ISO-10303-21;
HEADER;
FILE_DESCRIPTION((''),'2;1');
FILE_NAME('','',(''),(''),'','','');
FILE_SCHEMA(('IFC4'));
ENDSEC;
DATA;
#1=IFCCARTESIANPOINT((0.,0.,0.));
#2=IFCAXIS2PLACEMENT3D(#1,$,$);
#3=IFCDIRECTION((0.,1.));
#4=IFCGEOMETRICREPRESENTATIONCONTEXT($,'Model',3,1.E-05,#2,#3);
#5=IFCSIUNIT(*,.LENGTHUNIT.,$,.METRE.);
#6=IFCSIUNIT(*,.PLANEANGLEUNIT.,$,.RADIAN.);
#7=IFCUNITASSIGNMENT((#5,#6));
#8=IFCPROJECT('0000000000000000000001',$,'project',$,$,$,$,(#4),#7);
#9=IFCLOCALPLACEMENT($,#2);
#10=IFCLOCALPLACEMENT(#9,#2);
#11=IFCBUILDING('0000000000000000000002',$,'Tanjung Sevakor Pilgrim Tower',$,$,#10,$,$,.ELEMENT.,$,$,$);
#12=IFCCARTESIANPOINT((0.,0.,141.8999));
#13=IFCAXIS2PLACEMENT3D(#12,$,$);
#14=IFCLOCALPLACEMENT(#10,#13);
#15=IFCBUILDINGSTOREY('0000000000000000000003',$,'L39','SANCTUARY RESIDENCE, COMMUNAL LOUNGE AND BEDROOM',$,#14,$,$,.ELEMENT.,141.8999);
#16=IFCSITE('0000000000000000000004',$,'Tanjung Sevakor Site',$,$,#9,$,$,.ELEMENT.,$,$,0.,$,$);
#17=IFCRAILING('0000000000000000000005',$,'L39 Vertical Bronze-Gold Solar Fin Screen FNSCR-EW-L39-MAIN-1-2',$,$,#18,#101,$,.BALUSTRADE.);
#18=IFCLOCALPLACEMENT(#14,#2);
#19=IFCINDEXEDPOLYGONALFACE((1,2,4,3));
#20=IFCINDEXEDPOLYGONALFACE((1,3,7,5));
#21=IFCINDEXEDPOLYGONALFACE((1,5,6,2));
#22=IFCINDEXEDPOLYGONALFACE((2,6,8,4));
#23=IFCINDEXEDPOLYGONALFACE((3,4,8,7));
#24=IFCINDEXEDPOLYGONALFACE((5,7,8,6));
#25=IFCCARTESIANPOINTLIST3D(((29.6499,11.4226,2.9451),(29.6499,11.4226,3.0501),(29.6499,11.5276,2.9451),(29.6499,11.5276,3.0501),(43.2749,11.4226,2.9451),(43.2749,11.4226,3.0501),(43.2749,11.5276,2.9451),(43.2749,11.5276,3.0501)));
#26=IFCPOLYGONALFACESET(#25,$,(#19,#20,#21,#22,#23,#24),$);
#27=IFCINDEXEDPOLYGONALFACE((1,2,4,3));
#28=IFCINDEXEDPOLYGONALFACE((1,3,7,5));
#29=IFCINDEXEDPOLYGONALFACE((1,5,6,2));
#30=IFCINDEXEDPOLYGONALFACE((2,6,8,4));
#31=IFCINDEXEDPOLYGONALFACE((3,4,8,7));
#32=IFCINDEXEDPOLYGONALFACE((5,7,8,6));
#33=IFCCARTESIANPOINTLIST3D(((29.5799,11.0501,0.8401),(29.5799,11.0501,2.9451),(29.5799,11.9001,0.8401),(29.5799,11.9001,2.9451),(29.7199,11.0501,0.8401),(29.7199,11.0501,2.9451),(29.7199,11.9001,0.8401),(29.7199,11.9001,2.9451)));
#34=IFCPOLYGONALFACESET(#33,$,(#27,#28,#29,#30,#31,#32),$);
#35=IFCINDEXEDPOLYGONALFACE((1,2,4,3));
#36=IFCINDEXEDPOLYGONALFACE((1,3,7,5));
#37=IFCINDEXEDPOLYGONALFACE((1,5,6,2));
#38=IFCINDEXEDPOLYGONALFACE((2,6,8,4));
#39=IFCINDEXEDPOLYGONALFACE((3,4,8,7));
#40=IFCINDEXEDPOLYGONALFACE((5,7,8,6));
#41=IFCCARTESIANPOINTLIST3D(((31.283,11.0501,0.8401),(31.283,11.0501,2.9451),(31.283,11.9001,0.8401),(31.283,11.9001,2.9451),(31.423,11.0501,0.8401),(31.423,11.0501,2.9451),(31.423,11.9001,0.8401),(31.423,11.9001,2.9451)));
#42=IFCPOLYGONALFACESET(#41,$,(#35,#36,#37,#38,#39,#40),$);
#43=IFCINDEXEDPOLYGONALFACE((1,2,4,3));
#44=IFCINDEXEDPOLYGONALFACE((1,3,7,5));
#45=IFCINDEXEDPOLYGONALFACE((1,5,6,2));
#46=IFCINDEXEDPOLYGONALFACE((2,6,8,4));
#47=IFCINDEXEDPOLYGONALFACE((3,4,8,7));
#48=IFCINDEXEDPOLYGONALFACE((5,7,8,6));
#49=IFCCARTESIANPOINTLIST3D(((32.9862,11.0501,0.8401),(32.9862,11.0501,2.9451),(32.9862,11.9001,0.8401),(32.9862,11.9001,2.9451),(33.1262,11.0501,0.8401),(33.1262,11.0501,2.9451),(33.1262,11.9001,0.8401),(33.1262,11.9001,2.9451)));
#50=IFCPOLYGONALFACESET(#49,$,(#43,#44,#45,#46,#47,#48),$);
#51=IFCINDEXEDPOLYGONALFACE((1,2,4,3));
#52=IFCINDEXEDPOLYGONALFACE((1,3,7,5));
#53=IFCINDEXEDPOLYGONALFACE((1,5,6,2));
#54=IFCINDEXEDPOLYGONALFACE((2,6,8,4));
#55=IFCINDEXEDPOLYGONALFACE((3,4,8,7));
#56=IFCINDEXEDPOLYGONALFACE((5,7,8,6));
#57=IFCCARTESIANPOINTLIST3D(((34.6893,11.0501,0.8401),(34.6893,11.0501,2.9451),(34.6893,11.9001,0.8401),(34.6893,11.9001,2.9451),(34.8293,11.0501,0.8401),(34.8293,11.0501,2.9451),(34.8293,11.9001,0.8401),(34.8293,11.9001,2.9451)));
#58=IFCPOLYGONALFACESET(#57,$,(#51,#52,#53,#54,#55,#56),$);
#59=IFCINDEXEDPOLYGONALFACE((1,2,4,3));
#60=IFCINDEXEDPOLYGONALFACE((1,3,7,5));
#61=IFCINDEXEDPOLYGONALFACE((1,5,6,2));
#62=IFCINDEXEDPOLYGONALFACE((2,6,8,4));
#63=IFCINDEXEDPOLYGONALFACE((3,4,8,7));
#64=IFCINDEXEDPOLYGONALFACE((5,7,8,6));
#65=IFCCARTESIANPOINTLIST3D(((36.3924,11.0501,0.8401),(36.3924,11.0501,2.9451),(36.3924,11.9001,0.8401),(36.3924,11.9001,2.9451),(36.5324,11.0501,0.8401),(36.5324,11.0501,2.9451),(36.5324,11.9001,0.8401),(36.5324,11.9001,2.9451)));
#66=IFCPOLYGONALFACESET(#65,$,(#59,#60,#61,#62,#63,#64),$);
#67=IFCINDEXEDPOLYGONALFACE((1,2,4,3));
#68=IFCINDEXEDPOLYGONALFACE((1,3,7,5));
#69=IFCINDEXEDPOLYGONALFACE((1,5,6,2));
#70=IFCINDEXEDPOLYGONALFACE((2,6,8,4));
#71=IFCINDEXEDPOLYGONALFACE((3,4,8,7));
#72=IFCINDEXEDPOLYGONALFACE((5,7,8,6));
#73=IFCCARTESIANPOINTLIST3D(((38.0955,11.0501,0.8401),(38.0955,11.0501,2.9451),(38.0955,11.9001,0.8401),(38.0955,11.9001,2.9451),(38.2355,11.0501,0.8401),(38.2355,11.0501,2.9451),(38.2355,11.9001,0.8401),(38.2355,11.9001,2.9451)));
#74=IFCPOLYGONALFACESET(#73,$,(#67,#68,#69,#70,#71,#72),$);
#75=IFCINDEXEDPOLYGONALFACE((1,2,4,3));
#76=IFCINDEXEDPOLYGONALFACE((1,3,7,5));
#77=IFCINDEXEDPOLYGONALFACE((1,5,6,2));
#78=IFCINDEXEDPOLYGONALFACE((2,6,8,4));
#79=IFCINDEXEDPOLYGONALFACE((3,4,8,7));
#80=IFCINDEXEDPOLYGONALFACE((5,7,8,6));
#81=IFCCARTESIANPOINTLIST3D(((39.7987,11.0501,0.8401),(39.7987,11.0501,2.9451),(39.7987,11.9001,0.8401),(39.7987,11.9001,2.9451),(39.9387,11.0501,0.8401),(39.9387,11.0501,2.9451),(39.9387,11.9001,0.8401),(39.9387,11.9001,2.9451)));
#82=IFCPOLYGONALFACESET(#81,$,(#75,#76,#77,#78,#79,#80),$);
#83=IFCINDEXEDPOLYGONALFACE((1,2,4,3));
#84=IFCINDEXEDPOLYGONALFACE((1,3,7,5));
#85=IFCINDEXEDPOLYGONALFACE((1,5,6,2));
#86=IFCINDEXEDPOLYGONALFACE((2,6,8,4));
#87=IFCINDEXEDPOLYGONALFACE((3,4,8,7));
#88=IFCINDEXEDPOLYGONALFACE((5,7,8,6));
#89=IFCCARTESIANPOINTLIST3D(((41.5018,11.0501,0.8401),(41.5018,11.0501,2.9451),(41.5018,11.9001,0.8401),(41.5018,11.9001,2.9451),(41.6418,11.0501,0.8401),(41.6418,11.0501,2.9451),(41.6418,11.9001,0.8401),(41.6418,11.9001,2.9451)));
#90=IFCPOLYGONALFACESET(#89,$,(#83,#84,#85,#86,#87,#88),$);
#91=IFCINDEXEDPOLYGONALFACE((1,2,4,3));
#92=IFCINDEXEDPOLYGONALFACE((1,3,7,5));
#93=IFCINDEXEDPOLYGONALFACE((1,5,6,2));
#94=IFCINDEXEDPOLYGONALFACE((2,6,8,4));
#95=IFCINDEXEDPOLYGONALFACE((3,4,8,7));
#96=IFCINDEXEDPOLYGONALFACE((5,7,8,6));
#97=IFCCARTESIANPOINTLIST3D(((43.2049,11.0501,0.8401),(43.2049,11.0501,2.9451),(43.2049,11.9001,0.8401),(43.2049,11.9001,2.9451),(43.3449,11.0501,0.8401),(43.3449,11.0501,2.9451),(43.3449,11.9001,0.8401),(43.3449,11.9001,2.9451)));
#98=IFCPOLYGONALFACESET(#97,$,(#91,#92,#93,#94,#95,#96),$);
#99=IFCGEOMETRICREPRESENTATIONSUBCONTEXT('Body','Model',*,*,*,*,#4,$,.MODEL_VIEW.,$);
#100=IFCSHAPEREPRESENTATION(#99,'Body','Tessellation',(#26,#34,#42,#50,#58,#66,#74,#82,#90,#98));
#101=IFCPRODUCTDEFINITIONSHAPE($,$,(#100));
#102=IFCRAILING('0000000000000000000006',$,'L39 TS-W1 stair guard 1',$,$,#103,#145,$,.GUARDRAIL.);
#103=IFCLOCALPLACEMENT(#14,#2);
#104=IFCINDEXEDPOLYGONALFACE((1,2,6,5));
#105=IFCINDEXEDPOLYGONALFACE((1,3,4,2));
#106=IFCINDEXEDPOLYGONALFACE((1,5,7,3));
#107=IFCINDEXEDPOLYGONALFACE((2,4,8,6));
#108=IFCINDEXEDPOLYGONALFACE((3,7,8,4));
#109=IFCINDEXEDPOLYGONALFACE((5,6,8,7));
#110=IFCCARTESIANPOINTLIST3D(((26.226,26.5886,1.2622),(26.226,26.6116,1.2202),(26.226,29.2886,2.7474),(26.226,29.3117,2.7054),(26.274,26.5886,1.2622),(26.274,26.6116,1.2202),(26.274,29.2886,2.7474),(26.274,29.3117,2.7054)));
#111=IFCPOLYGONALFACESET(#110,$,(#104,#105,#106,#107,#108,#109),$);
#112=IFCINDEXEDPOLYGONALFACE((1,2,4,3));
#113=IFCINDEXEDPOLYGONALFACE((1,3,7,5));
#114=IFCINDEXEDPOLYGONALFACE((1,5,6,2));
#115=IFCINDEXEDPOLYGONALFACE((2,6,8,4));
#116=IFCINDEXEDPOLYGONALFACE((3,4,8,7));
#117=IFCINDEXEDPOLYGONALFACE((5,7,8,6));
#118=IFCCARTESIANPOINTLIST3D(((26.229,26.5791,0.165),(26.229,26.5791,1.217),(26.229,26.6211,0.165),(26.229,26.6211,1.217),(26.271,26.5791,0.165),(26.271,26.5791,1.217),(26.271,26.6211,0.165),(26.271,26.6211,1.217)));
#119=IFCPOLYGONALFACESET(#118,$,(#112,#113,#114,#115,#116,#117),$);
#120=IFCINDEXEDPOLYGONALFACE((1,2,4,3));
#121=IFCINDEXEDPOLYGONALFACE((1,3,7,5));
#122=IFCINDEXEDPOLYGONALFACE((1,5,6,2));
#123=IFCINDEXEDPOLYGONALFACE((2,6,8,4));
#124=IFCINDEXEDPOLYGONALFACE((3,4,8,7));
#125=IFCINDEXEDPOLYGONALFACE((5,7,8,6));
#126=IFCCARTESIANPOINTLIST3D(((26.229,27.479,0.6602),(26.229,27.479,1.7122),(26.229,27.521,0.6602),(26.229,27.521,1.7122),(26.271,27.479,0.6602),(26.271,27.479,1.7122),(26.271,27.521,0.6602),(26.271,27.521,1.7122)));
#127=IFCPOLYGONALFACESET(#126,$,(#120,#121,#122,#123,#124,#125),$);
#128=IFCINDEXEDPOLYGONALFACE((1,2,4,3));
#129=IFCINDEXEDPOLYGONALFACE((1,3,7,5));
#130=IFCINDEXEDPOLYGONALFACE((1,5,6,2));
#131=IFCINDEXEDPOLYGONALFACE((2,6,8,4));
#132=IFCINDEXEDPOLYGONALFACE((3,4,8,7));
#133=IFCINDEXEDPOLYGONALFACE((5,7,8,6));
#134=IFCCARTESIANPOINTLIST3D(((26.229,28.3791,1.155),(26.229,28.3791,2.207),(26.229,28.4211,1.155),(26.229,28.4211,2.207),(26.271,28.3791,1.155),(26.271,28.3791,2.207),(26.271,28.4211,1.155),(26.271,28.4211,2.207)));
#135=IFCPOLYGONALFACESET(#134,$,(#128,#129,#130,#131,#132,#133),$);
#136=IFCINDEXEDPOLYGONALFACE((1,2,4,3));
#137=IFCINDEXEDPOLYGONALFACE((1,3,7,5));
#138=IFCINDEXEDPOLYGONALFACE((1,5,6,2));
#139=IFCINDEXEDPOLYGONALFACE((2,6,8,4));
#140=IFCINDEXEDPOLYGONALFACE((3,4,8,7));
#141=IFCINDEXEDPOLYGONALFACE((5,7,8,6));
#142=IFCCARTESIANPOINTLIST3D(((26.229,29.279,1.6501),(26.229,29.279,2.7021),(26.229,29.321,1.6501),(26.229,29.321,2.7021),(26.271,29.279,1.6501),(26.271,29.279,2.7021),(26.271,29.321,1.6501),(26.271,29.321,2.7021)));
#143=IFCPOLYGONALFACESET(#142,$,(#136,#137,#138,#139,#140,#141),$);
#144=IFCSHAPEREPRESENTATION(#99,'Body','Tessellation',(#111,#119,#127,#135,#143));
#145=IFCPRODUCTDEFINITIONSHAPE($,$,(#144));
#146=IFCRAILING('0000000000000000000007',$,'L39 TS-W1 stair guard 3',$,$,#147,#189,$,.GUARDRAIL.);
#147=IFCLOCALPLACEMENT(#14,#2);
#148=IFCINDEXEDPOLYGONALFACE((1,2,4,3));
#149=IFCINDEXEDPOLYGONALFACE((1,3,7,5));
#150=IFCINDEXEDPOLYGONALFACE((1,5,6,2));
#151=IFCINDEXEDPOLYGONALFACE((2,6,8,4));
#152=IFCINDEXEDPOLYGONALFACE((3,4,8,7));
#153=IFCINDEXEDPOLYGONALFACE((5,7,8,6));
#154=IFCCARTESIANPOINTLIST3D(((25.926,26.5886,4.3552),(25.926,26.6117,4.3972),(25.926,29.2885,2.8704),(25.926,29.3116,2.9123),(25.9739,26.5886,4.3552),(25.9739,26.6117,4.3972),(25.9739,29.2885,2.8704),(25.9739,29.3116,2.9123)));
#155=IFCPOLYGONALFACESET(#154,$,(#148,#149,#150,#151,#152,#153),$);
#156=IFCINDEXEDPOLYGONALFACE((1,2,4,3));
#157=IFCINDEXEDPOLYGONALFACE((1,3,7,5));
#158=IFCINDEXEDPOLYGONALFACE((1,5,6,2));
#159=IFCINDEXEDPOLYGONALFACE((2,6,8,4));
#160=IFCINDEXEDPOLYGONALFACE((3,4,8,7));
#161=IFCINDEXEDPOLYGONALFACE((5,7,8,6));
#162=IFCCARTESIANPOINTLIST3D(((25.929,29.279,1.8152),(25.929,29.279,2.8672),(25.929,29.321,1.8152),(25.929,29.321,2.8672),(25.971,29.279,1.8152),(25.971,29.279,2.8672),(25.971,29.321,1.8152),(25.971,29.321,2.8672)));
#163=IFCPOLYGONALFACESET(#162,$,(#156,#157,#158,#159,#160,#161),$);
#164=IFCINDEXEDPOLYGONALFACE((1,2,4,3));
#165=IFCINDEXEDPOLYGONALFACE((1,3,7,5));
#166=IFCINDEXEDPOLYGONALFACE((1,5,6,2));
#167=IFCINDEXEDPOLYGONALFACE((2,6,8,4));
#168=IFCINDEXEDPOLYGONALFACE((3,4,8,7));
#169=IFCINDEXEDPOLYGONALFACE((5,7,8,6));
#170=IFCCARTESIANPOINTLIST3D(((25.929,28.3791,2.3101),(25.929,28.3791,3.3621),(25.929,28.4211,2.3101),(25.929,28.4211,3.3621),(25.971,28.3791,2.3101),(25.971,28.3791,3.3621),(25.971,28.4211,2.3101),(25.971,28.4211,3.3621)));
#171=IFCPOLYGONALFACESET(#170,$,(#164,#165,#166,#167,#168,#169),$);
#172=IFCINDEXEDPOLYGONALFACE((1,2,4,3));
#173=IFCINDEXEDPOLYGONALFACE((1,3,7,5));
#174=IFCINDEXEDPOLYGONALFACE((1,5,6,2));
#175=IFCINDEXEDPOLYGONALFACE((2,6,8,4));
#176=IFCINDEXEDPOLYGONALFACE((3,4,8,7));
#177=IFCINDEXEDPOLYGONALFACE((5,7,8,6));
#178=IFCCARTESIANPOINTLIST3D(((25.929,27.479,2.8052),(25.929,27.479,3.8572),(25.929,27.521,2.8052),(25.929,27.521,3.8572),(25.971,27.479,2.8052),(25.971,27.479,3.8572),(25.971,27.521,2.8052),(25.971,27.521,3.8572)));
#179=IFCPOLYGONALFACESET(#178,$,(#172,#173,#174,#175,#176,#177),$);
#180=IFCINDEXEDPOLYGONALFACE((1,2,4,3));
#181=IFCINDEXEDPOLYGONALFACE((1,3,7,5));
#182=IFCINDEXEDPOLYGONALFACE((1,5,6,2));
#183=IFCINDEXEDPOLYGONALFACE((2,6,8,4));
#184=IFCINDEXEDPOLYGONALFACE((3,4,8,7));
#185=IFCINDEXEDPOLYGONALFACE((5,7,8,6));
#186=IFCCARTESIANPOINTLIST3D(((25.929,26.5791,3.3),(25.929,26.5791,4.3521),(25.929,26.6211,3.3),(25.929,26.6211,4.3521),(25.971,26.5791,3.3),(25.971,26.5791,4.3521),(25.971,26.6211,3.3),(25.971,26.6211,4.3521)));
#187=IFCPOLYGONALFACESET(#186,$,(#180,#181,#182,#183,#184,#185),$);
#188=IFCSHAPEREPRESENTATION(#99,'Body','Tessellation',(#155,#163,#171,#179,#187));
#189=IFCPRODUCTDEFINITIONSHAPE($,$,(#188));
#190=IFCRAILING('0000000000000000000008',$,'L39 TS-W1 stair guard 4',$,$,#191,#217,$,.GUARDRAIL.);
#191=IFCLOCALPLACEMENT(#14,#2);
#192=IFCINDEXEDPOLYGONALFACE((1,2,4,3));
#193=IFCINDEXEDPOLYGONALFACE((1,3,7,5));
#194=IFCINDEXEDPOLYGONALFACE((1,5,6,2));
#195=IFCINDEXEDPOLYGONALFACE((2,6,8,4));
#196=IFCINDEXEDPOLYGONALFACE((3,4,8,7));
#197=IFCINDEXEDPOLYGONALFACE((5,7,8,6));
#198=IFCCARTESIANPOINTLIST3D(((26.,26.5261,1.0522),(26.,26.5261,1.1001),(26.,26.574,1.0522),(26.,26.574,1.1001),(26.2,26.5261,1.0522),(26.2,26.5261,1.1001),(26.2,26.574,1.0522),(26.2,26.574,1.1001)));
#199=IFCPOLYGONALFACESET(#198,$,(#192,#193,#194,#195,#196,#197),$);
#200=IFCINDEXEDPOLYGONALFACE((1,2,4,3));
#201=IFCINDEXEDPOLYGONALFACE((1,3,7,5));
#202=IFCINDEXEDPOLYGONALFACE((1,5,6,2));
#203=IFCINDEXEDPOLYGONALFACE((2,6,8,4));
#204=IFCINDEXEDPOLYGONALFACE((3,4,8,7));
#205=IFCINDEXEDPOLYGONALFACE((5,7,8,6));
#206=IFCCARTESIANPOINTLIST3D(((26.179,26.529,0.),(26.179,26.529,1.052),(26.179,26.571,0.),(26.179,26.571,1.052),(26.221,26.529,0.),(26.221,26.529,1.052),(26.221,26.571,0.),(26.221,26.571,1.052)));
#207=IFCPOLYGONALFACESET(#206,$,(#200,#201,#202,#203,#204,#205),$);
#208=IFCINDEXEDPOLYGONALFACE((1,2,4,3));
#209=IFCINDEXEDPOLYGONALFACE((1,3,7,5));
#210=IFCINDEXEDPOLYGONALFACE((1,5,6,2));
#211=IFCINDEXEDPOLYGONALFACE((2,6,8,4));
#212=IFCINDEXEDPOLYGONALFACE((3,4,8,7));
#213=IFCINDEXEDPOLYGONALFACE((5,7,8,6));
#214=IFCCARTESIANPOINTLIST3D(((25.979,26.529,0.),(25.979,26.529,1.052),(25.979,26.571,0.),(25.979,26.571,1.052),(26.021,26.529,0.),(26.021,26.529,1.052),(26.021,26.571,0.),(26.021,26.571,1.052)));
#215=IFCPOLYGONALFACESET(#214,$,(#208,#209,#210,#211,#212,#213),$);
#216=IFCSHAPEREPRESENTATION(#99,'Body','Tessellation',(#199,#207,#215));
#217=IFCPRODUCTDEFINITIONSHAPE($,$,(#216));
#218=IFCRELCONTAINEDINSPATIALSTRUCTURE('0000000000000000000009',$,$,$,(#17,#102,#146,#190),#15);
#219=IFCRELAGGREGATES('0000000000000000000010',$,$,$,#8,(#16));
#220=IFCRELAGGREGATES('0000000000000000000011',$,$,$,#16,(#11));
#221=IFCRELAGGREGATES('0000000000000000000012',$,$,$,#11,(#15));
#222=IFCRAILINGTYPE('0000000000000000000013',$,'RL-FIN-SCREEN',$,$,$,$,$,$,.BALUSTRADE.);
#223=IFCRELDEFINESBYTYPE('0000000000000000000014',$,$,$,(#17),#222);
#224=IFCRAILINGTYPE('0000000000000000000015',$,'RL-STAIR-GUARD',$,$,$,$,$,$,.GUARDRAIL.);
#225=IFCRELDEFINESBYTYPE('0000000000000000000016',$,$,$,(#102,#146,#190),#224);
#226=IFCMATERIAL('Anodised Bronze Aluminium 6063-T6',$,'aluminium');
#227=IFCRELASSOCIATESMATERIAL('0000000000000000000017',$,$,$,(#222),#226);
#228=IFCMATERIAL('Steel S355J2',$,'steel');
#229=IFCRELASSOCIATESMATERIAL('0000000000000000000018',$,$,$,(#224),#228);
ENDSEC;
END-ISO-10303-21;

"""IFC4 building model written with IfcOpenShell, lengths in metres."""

from ifc_helpers import new_model, si_unit, direction, frame, origin, place, context, subcontext, project, spatial, rectangle, extrude, material, type_object, element, save


model = new_model("IFC4")

# Units and contexts
model_context = context("Model", 3, precision=1e-05, world=origin(), true_north=direction((0.0, 1.0)))
body_context = subcontext(model_context, "Body", "Model", "MODEL_VIEW")
ifc_project = project(units=[si_unit("LENGTHUNIT", "METRE"), si_unit("PLANEANGLEUNIT", "RADIAN")], contexts=[model_context])

# Site, building, storey
site_placement = place(None, origin())
site = spatial("IfcSite", under=ifc_project, at=site_placement, Name="Tanjung Sevakor Site", CompositionType="ELEMENT", RefElevation=0.0)
building_placement = place(site_placement, origin())
building = spatial("IfcBuilding", under=site, at=building_placement, Name="Tanjung Sevakor Pilgrim Tower", CompositionType="ELEMENT")
storey_placement = place(building_placement, frame((0.0, 0.0, 141.8999)))
storey = spatial("IfcBuildingStorey", under=building, at=storey_placement, Name="L39", Description="SANCTUARY RESIDENCE, COMMUNAL LOUNGE AND BEDROOM", CompositionType="ELEMENT", Elevation=141.8999)

# Railings
ifc_material_1 = material(Name="Anodised Bronze Aluminium 6063-T6", Category="aluminium")
railing_type_1 = type_object("IfcRailingType", Name="RL-FIN-SCREEN", PredefinedType="BALUSTRADE", material=ifc_material_1)
railing_1_placement = place(storey_placement, frame((29.6499, 11.4751, 0.8401)))
element("IfcRailing", 1, at=railing_1_placement, inside=storey, type_object=railing_type_1, Name="L39 Vertical Bronze-Gold Solar Fin Screen FNSCR-EW-L39-MAIN-1-2", PredefinedType="BALUSTRADE", context=body_context, shape_type="SweptSolid", body=[
    extrude(rectangle(XDim=0.105, YDim=0.105), frame((0.0, 0.0, 2.1575), z_axis=(1.0, 0.0, 0.0), x_axis=(0.0, 1.0, 0.0)), (0.0, 0.0, 1.0), 13.625),
    extrude(rectangle(XDim=0.14, YDim=0.85), origin(), (0.0, 0.0, 1.0), 2.105),
    extrude(rectangle(XDim=0.14, YDim=0.85), frame((1.7031, 0.0, 0.0)), (0.0, 0.0, 1.0), 2.105),
    extrude(rectangle(XDim=0.14, YDim=0.85), frame((3.4062, 0.0, 0.0)), (0.0, 0.0, 1.0), 2.105),
    extrude(rectangle(XDim=0.14, YDim=0.85), frame((5.1094, 0.0, 0.0)), (0.0, 0.0, 1.0), 2.105),
    extrude(rectangle(XDim=0.14, YDim=0.85), frame((6.8125, 0.0, 0.0)), (0.0, 0.0, 1.0), 2.105),
    extrude(rectangle(XDim=0.14, YDim=0.85), frame((8.5156, 0.0, 0.0)), (0.0, 0.0, 1.0), 2.105),
    extrude(rectangle(XDim=0.14, YDim=0.85), frame((10.2188, 0.0, 0.0)), (0.0, 0.0, 1.0), 2.105),
    extrude(rectangle(XDim=0.14, YDim=0.85), frame((11.9219, 0.0, 0.0)), (0.0, 0.0, 1.0), 2.105),
    extrude(rectangle(XDim=0.14, YDim=0.85), frame((13.625, 0.0, 0.0)), (0.0, 0.0, 1.0), 2.105),
])
ifc_material_2 = material(Name="Steel S355J2", Category="steel")
railing_type_2 = type_object("IfcRailingType", Name="RL-STAIR-GUARD", PredefinedType="GUARDRAIL", material=ifc_material_2)
railing_2_placement = place(storey_placement, frame((26.25, 26.6001, 0.165)))
element("IfcRailing", 2, at=railing_2_placement, inside=storey, type_object=railing_type_2, Name="L39 TS-W1 stair guard 1", PredefinedType="GUARDRAIL", context=body_context, shape_type="SweptSolid", body=[
    extrude(rectangle(XDim=0.0479, YDim=0.0479), frame((0.0, 0.0, 1.0762), z_axis=(0.0, 0.876198, 0.481952), x_axis=(-1.0, 0.0, 0.0)), (0.0, 0.0, 1.0), 3.0815),
    extrude(rectangle(XDim=0.042, YDim=0.042), origin(), (0.0, 0.0, 1.0), 1.052),
    extrude(rectangle(XDim=0.042, YDim=0.042), frame((0.0, 0.8999, 0.4951)), (0.0, 0.0, 1.0), 1.052),
    extrude(rectangle(XDim=0.042, YDim=0.042), frame((0.0, 1.8, 0.99)), (0.0, 0.0, 1.0), 1.052),
    extrude(rectangle(XDim=0.042, YDim=0.042), frame((0.0, 2.7, 1.4851)), (0.0, 0.0, 1.0), 1.052),
])
railing_3_placement = place(storey_placement, frame((25.95, 29.3, 1.8152)))
element("IfcRailing", 3, at=railing_3_placement, inside=storey, type_object=railing_type_2, Name="L39 TS-W1 stair guard 3", PredefinedType="GUARDRAIL", context=body_context, shape_type="SweptSolid", body=[
    extrude(rectangle(XDim=0.0479, YDim=0.0479), frame((0.0, 0.0, 1.0762), z_axis=(0.0, -0.876231, 0.481891), x_axis=(1.0, 0.0, 0.0)), (0.0, 0.0, 1.0), 3.0813),
    extrude(rectangle(XDim=0.042, YDim=0.042), origin(), (0.0, 0.0, 1.0), 1.052),
    extrude(rectangle(XDim=0.042, YDim=0.042), frame((0.0, -0.8999, 0.4949)), (0.0, 0.0, 1.0), 1.052),
    extrude(rectangle(XDim=0.042, YDim=0.042), frame((0.0, -1.8, 0.99)), (0.0, 0.0, 1.0), 1.052),
    extrude(rectangle(XDim=0.042, YDim=0.042), frame((0.0, -2.7, 1.4849)), (0.0, 0.0, 1.0), 1.052),
])
railing_4_placement = place(storey_placement, frame((26.2, 26.55, 0.0)))
element("IfcRailing", 4, at=railing_4_placement, inside=storey, type_object=railing_type_2, Name="L39 TS-W1 stair guard 4", PredefinedType="GUARDRAIL", context=body_context, shape_type="SweptSolid", body=[
    extrude(rectangle(XDim=0.0479, YDim=0.0479), frame((0.0, 0.0, 1.0762), z_axis=(-1.0, 0.0, 0.0), x_axis=(0.0, -1.0, 0.0)), (0.0, 0.0, 1.0), 0.2),
    extrude(rectangle(XDim=0.042, YDim=0.042), origin(), (0.0, 0.0, 1.0), 1.052),
    extrude(rectangle(XDim=0.042, YDim=0.042), frame((-0.2, 0.0, 0.0)), (0.0, 0.0, 1.0), 1.052),
])

save(model, "model.ifc")
